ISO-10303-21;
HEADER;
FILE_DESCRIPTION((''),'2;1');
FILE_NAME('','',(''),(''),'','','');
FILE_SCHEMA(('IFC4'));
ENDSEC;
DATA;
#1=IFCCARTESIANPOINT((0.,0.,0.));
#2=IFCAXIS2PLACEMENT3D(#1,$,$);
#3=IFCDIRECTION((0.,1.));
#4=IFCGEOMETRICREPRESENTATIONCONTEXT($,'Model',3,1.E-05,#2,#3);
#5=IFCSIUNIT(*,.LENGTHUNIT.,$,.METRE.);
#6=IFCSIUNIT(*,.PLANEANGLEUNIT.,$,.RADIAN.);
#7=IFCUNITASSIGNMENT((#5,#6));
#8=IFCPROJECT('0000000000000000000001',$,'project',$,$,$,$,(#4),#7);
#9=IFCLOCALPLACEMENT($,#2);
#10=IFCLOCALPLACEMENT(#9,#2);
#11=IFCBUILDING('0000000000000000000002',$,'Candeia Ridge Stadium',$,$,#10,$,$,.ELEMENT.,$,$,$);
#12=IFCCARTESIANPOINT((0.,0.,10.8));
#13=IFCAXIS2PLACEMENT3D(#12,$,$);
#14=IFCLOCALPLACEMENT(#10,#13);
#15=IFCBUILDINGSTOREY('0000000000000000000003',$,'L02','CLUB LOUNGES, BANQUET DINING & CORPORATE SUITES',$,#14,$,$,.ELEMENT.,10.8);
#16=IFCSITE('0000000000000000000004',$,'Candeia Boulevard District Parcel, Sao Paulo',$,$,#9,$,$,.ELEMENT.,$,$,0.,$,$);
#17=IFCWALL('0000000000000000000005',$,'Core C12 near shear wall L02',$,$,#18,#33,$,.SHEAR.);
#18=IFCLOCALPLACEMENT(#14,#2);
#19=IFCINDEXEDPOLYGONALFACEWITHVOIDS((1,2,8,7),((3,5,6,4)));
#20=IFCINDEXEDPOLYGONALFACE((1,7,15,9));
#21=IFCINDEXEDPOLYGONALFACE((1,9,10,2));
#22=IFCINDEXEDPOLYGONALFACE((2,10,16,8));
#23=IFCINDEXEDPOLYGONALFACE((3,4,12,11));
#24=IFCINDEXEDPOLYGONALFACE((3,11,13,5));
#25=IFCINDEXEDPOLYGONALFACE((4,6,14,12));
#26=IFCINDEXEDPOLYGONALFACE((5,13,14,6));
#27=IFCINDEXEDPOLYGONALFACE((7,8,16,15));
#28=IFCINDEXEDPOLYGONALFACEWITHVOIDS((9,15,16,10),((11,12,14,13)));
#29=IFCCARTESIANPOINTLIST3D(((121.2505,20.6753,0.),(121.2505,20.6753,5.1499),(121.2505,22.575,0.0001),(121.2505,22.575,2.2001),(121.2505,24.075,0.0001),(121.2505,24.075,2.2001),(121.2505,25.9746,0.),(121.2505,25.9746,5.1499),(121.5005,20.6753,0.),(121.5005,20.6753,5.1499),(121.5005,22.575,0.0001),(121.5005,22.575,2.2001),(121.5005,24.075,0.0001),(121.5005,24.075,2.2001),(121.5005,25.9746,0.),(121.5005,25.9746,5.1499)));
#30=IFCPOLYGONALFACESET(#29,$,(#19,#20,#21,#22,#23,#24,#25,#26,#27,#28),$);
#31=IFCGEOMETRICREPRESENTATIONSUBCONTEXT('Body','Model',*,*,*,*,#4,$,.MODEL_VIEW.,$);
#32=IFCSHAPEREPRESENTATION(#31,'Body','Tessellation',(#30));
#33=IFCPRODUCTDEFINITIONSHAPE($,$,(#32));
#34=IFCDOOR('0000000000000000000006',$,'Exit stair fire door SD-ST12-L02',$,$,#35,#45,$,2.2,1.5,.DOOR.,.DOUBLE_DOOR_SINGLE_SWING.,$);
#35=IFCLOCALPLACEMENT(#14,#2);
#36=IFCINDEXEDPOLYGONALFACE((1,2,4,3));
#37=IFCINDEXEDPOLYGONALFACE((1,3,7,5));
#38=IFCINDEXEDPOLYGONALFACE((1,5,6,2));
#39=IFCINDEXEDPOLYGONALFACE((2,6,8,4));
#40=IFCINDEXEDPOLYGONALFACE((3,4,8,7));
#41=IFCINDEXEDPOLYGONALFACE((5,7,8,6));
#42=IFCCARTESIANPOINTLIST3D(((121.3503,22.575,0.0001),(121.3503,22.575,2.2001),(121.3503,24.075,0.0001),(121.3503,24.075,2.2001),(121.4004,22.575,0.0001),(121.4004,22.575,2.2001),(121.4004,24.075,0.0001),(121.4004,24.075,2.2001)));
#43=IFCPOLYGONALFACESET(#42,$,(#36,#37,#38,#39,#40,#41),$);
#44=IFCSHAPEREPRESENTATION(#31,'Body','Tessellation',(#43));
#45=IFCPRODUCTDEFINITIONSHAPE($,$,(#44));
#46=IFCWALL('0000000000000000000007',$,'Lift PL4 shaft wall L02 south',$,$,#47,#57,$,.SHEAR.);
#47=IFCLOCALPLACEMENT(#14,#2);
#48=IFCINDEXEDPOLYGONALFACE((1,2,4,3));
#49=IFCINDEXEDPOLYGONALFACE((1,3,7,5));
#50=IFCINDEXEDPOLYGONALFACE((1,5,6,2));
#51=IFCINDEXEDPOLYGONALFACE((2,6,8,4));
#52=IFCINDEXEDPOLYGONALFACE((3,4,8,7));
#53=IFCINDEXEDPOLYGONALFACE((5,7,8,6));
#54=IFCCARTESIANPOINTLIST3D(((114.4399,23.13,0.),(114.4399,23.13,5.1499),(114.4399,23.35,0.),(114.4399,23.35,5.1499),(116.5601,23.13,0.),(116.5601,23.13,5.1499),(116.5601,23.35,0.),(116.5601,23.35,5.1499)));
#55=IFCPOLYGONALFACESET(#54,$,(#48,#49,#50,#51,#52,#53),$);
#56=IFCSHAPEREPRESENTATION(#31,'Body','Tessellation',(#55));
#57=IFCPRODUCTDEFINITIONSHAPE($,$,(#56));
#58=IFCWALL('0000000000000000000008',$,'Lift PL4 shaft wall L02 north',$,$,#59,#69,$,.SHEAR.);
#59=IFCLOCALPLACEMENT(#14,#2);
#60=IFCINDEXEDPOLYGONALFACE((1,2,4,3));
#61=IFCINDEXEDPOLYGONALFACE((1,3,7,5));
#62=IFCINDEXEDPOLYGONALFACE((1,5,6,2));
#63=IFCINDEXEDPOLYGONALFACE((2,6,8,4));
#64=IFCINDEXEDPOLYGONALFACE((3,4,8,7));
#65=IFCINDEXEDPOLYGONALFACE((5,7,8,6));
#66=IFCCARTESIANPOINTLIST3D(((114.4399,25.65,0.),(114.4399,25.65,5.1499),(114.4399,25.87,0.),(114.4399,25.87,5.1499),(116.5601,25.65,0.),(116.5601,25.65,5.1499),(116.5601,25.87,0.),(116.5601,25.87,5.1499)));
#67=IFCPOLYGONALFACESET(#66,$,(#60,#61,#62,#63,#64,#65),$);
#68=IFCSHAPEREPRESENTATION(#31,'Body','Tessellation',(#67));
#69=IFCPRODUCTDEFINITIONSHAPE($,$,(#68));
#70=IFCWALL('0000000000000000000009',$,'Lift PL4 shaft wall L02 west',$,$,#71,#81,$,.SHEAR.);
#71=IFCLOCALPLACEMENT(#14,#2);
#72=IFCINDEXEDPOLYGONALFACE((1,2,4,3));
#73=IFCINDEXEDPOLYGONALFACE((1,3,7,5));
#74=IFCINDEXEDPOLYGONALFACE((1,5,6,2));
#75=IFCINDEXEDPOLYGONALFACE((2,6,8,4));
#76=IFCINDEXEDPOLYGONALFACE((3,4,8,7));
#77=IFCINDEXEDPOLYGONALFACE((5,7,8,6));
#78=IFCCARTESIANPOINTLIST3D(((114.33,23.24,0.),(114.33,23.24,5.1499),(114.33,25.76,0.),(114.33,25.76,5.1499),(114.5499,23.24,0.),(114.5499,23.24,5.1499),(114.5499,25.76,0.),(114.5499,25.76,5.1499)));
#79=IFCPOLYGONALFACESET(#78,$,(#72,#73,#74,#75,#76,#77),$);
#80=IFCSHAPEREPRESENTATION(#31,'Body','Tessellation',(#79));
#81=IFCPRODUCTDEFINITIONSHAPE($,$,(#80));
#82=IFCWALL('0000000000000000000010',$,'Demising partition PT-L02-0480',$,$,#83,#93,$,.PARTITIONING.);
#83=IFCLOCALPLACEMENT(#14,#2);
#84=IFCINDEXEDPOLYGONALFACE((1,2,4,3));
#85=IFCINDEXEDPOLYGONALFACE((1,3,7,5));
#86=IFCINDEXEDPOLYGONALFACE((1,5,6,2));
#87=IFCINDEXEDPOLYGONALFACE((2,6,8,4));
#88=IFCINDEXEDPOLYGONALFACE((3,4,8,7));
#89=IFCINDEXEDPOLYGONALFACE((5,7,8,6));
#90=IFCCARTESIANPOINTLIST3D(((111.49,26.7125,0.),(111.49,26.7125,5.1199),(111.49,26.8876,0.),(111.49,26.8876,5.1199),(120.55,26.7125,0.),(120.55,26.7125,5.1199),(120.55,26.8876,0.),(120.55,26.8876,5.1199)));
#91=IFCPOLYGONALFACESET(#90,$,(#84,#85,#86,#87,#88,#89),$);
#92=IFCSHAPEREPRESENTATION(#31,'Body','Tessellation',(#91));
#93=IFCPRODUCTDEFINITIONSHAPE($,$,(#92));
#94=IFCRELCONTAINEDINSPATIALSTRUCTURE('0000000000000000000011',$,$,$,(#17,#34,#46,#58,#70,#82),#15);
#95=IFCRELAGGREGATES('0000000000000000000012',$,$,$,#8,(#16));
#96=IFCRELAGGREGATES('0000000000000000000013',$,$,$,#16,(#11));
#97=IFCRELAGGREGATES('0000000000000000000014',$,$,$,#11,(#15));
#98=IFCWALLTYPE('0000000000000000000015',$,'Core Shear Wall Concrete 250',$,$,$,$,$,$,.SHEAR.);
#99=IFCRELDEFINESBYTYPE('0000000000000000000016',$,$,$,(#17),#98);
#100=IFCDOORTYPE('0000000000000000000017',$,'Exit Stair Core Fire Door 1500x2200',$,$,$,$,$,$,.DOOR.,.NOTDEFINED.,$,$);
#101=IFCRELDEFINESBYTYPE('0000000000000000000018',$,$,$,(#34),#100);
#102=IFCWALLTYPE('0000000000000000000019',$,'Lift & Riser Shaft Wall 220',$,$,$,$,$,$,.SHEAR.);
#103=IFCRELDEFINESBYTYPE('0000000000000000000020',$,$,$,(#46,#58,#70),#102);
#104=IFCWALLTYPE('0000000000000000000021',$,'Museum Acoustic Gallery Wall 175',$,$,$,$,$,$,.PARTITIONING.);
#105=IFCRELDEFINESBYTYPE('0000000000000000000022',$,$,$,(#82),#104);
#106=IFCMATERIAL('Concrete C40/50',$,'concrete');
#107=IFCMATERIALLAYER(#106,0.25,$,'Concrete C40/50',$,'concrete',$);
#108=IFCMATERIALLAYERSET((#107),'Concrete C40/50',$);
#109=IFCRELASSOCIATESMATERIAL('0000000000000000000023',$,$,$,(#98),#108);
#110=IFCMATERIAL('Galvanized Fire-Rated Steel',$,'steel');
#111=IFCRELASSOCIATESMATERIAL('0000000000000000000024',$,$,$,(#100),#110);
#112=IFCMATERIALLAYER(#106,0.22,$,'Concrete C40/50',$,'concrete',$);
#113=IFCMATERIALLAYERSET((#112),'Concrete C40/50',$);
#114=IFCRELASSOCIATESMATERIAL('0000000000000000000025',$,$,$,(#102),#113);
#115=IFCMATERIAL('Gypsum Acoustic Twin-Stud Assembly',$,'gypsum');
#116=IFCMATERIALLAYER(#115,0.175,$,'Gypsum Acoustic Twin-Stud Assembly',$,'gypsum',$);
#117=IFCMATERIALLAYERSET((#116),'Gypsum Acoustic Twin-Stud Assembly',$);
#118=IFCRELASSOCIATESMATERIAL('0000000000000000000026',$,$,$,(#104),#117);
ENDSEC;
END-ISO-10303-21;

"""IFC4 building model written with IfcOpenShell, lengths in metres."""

from ifc_helpers import new_model, si_unit, direction, frame, frame_2d, origin, place, context, subcontext, project, spatial, rectangle, extrude, material, layer, layer_set, type_object, element, fill, save


model = new_model("IFC4")

# Units and contexts
model_context = context("Model", 3, precision=1e-05, world=origin(), true_north=direction((0.0, 1.0)))
body_context = subcontext(model_context, "Body", "Model", "MODEL_VIEW")
ifc_project = project(units=[si_unit("LENGTHUNIT", "METRE"), si_unit("PLANEANGLEUNIT", "RADIAN")], contexts=[model_context])

# Site, building, storey
site_placement = place(None, origin())
site = spatial("IfcSite", under=ifc_project, at=site_placement, Name="Candeia Boulevard District Parcel, Sao Paulo", CompositionType="ELEMENT", RefElevation=0.0)
building_placement = place(site_placement, origin())
building = spatial("IfcBuilding", under=site, at=building_placement, Name="Candeia Ridge Stadium", CompositionType="ELEMENT")
storey_placement = place(building_placement, frame((0.0, 0.0, 10.8)))
storey = spatial("IfcBuildingStorey", under=building, at=storey_placement, Name="L02", Description="CLUB LOUNGES, BANQUET DINING & CORPORATE SUITES", CompositionType="ELEMENT", Elevation=10.8)

# Shared definitions
ifc_material_1 = material(Name="Concrete C40/50", Category="concrete")

# Shared definitions
ifc_layer_1 = layer(ifc_material_1, 0.25, Name="Concrete C40/50", Category="concrete")
ifc_layer_set_1 = layer_set([ifc_layer_1], Name="Concrete C40/50")
wall_type_1 = type_object("IfcWallType", Name="Core Shear Wall Concrete 250", PredefinedType="SHEAR", material=ifc_layer_set_1)

# Wall, opening, door
wall_1_placement = place(storey_placement, frame((121.3755, 25.9746, 0.0), z_axis=(0.0, 0.0, 1.0), x_axis=(0.0, -1.0, 0.0)))
wall_1 = element("IfcWall", 1, at=wall_1_placement, inside=storey, type_object=wall_type_1, Name="Core C12 near shear wall L02", PredefinedType="SHEAR", context=body_context, shape_type="SweptSolid", body=[
    extrude(rectangle(XDim=5.2993, YDim=0.25, at=frame_2d((2.6497, 0.0))), origin(), (0.0, 0.0, 1.0), 5.1499),
])
opening_1_placement = place(wall_1_placement, frame((1.8997, 0.0, 0.0)))
opening_1 = element("IfcOpeningElement", 2, at=opening_1_placement, cuts=wall_1, PredefinedType="OPENING", context=body_context, shape_type="SweptSolid", body=[
    extrude(rectangle(XDim=1.5, YDim=2.2, at=frame_2d((0.75, 1.1001))), frame((0.0, 0.135, 0.0), z_axis=(0.0, -1.0, 0.0), x_axis=(1.0, 0.0, 0.0)), (0.0, 0.0, 1.0), 0.27),
])
ifc_material_2 = material(Name="Galvanized Fire-Rated Steel", Category="steel")
door_type_1 = type_object("IfcDoorType", Name="Exit Stair Core Fire Door 1500x2200", OperationType="NOTDEFINED", PredefinedType="DOOR", material=ifc_material_2)
door_1_placement = place(opening_1_placement, origin())
door_1 = element("IfcDoor", 3, at=door_1_placement, inside=storey, type_object=door_type_1, Name="Exit stair fire door SD-ST12-L02", OperationType="DOUBLE_DOOR_SINGLE_SWING", OverallHeight=2.2, OverallWidth=1.5, PredefinedType="DOOR", context=body_context, shape_type="SweptSolid", body=[
    extrude(rectangle(XDim=1.5, YDim=2.2, at=frame_2d((0.75, 1.1001))), frame((0.0, 0.0249, 0.0), z_axis=(0.0, -1.0, 0.0), x_axis=(1.0, 0.0, 0.0)), (0.0, 0.0, 1.0), 0.05),
])
fill(opening_1, door_1)

# Wall
ifc_layer_2 = layer(ifc_material_1, 0.22, Name="Concrete C40/50", Category="concrete")
ifc_layer_set_2 = layer_set([ifc_layer_2], Name="Concrete C40/50")
wall_type_2 = type_object("IfcWallType", Name="Lift & Riser Shaft Wall 220", PredefinedType="SHEAR", material=ifc_layer_set_2)
wall_2_placement = place(storey_placement, frame((114.4399, 23.24, 0.0), z_axis=(0.0, 0.0, 1.0), x_axis=(1.0, 0.0, 0.0)))
element("IfcWall", 4, at=wall_2_placement, inside=storey, type_object=wall_type_2, Name="Lift PL4 shaft wall L02 south", PredefinedType="SHEAR", context=body_context, shape_type="SweptSolid", body=[
    extrude(rectangle(XDim=2.1201, YDim=0.22, at=frame_2d((1.0601, 0.0))), origin(), (0.0, 0.0, 1.0), 5.1499),
])

# Walls
wall_3_placement = place(storey_placement, frame((116.5601, 25.76, 0.0), z_axis=(0.0, 0.0, 1.0), x_axis=(-1.0, 0.0, 0.0)))
element("IfcWall", 5, at=wall_3_placement, inside=storey, type_object=wall_type_2, Name="Lift PL4 shaft wall L02 north", PredefinedType="SHEAR", context=body_context, shape_type="SweptSolid", body=[
    extrude(rectangle(XDim=2.1201, YDim=0.22, at=frame_2d((1.0601, 0.0))), origin(), (0.0, 0.0, 1.0), 5.1499),
])
wall_4_placement = place(storey_placement, frame((114.4399, 25.76, 0.0), z_axis=(0.0, 0.0, 1.0), x_axis=(0.0, -1.0, 0.0)))
element("IfcWall", 6, at=wall_4_placement, inside=storey, type_object=wall_type_2, Name="Lift PL4 shaft wall L02 west", PredefinedType="SHEAR", context=body_context, shape_type="SweptSolid", body=[
    extrude(rectangle(XDim=2.52, YDim=0.22, at=frame_2d((1.26, 0.0))), origin(), (0.0, 0.0, 1.0), 5.1499),
])
ifc_material_3 = material(Name="Gypsum Acoustic Twin-Stud Assembly", Category="gypsum")
ifc_layer_3 = layer(ifc_material_3, 0.175, Name="Gypsum Acoustic Twin-Stud Assembly", Category="gypsum")
ifc_layer_set_3 = layer_set([ifc_layer_3], Name="Gypsum Acoustic Twin-Stud Assembly")
wall_type_3 = type_object("IfcWallType", Name="Museum Acoustic Gallery Wall 175", PredefinedType="PARTITIONING", material=ifc_layer_set_3)
wall_5_placement = place(storey_placement, frame((111.49, 26.8, 0.0), z_axis=(0.0, 0.0, 1.0), x_axis=(1.0, 0.0, 0.0)))
element("IfcWall", 7, at=wall_5_placement, inside=storey, type_object=wall_type_3, Name="Demising partition PT-L02-0480", PredefinedType="PARTITIONING", context=body_context, shape_type="SweptSolid", body=[
    extrude(rectangle(XDim=9.0601, YDim=0.175, at=frame_2d((4.53, 0.0))), origin(), (0.0, 0.0, 1.0), 5.1199),
])

save(model, "model.ifc")
